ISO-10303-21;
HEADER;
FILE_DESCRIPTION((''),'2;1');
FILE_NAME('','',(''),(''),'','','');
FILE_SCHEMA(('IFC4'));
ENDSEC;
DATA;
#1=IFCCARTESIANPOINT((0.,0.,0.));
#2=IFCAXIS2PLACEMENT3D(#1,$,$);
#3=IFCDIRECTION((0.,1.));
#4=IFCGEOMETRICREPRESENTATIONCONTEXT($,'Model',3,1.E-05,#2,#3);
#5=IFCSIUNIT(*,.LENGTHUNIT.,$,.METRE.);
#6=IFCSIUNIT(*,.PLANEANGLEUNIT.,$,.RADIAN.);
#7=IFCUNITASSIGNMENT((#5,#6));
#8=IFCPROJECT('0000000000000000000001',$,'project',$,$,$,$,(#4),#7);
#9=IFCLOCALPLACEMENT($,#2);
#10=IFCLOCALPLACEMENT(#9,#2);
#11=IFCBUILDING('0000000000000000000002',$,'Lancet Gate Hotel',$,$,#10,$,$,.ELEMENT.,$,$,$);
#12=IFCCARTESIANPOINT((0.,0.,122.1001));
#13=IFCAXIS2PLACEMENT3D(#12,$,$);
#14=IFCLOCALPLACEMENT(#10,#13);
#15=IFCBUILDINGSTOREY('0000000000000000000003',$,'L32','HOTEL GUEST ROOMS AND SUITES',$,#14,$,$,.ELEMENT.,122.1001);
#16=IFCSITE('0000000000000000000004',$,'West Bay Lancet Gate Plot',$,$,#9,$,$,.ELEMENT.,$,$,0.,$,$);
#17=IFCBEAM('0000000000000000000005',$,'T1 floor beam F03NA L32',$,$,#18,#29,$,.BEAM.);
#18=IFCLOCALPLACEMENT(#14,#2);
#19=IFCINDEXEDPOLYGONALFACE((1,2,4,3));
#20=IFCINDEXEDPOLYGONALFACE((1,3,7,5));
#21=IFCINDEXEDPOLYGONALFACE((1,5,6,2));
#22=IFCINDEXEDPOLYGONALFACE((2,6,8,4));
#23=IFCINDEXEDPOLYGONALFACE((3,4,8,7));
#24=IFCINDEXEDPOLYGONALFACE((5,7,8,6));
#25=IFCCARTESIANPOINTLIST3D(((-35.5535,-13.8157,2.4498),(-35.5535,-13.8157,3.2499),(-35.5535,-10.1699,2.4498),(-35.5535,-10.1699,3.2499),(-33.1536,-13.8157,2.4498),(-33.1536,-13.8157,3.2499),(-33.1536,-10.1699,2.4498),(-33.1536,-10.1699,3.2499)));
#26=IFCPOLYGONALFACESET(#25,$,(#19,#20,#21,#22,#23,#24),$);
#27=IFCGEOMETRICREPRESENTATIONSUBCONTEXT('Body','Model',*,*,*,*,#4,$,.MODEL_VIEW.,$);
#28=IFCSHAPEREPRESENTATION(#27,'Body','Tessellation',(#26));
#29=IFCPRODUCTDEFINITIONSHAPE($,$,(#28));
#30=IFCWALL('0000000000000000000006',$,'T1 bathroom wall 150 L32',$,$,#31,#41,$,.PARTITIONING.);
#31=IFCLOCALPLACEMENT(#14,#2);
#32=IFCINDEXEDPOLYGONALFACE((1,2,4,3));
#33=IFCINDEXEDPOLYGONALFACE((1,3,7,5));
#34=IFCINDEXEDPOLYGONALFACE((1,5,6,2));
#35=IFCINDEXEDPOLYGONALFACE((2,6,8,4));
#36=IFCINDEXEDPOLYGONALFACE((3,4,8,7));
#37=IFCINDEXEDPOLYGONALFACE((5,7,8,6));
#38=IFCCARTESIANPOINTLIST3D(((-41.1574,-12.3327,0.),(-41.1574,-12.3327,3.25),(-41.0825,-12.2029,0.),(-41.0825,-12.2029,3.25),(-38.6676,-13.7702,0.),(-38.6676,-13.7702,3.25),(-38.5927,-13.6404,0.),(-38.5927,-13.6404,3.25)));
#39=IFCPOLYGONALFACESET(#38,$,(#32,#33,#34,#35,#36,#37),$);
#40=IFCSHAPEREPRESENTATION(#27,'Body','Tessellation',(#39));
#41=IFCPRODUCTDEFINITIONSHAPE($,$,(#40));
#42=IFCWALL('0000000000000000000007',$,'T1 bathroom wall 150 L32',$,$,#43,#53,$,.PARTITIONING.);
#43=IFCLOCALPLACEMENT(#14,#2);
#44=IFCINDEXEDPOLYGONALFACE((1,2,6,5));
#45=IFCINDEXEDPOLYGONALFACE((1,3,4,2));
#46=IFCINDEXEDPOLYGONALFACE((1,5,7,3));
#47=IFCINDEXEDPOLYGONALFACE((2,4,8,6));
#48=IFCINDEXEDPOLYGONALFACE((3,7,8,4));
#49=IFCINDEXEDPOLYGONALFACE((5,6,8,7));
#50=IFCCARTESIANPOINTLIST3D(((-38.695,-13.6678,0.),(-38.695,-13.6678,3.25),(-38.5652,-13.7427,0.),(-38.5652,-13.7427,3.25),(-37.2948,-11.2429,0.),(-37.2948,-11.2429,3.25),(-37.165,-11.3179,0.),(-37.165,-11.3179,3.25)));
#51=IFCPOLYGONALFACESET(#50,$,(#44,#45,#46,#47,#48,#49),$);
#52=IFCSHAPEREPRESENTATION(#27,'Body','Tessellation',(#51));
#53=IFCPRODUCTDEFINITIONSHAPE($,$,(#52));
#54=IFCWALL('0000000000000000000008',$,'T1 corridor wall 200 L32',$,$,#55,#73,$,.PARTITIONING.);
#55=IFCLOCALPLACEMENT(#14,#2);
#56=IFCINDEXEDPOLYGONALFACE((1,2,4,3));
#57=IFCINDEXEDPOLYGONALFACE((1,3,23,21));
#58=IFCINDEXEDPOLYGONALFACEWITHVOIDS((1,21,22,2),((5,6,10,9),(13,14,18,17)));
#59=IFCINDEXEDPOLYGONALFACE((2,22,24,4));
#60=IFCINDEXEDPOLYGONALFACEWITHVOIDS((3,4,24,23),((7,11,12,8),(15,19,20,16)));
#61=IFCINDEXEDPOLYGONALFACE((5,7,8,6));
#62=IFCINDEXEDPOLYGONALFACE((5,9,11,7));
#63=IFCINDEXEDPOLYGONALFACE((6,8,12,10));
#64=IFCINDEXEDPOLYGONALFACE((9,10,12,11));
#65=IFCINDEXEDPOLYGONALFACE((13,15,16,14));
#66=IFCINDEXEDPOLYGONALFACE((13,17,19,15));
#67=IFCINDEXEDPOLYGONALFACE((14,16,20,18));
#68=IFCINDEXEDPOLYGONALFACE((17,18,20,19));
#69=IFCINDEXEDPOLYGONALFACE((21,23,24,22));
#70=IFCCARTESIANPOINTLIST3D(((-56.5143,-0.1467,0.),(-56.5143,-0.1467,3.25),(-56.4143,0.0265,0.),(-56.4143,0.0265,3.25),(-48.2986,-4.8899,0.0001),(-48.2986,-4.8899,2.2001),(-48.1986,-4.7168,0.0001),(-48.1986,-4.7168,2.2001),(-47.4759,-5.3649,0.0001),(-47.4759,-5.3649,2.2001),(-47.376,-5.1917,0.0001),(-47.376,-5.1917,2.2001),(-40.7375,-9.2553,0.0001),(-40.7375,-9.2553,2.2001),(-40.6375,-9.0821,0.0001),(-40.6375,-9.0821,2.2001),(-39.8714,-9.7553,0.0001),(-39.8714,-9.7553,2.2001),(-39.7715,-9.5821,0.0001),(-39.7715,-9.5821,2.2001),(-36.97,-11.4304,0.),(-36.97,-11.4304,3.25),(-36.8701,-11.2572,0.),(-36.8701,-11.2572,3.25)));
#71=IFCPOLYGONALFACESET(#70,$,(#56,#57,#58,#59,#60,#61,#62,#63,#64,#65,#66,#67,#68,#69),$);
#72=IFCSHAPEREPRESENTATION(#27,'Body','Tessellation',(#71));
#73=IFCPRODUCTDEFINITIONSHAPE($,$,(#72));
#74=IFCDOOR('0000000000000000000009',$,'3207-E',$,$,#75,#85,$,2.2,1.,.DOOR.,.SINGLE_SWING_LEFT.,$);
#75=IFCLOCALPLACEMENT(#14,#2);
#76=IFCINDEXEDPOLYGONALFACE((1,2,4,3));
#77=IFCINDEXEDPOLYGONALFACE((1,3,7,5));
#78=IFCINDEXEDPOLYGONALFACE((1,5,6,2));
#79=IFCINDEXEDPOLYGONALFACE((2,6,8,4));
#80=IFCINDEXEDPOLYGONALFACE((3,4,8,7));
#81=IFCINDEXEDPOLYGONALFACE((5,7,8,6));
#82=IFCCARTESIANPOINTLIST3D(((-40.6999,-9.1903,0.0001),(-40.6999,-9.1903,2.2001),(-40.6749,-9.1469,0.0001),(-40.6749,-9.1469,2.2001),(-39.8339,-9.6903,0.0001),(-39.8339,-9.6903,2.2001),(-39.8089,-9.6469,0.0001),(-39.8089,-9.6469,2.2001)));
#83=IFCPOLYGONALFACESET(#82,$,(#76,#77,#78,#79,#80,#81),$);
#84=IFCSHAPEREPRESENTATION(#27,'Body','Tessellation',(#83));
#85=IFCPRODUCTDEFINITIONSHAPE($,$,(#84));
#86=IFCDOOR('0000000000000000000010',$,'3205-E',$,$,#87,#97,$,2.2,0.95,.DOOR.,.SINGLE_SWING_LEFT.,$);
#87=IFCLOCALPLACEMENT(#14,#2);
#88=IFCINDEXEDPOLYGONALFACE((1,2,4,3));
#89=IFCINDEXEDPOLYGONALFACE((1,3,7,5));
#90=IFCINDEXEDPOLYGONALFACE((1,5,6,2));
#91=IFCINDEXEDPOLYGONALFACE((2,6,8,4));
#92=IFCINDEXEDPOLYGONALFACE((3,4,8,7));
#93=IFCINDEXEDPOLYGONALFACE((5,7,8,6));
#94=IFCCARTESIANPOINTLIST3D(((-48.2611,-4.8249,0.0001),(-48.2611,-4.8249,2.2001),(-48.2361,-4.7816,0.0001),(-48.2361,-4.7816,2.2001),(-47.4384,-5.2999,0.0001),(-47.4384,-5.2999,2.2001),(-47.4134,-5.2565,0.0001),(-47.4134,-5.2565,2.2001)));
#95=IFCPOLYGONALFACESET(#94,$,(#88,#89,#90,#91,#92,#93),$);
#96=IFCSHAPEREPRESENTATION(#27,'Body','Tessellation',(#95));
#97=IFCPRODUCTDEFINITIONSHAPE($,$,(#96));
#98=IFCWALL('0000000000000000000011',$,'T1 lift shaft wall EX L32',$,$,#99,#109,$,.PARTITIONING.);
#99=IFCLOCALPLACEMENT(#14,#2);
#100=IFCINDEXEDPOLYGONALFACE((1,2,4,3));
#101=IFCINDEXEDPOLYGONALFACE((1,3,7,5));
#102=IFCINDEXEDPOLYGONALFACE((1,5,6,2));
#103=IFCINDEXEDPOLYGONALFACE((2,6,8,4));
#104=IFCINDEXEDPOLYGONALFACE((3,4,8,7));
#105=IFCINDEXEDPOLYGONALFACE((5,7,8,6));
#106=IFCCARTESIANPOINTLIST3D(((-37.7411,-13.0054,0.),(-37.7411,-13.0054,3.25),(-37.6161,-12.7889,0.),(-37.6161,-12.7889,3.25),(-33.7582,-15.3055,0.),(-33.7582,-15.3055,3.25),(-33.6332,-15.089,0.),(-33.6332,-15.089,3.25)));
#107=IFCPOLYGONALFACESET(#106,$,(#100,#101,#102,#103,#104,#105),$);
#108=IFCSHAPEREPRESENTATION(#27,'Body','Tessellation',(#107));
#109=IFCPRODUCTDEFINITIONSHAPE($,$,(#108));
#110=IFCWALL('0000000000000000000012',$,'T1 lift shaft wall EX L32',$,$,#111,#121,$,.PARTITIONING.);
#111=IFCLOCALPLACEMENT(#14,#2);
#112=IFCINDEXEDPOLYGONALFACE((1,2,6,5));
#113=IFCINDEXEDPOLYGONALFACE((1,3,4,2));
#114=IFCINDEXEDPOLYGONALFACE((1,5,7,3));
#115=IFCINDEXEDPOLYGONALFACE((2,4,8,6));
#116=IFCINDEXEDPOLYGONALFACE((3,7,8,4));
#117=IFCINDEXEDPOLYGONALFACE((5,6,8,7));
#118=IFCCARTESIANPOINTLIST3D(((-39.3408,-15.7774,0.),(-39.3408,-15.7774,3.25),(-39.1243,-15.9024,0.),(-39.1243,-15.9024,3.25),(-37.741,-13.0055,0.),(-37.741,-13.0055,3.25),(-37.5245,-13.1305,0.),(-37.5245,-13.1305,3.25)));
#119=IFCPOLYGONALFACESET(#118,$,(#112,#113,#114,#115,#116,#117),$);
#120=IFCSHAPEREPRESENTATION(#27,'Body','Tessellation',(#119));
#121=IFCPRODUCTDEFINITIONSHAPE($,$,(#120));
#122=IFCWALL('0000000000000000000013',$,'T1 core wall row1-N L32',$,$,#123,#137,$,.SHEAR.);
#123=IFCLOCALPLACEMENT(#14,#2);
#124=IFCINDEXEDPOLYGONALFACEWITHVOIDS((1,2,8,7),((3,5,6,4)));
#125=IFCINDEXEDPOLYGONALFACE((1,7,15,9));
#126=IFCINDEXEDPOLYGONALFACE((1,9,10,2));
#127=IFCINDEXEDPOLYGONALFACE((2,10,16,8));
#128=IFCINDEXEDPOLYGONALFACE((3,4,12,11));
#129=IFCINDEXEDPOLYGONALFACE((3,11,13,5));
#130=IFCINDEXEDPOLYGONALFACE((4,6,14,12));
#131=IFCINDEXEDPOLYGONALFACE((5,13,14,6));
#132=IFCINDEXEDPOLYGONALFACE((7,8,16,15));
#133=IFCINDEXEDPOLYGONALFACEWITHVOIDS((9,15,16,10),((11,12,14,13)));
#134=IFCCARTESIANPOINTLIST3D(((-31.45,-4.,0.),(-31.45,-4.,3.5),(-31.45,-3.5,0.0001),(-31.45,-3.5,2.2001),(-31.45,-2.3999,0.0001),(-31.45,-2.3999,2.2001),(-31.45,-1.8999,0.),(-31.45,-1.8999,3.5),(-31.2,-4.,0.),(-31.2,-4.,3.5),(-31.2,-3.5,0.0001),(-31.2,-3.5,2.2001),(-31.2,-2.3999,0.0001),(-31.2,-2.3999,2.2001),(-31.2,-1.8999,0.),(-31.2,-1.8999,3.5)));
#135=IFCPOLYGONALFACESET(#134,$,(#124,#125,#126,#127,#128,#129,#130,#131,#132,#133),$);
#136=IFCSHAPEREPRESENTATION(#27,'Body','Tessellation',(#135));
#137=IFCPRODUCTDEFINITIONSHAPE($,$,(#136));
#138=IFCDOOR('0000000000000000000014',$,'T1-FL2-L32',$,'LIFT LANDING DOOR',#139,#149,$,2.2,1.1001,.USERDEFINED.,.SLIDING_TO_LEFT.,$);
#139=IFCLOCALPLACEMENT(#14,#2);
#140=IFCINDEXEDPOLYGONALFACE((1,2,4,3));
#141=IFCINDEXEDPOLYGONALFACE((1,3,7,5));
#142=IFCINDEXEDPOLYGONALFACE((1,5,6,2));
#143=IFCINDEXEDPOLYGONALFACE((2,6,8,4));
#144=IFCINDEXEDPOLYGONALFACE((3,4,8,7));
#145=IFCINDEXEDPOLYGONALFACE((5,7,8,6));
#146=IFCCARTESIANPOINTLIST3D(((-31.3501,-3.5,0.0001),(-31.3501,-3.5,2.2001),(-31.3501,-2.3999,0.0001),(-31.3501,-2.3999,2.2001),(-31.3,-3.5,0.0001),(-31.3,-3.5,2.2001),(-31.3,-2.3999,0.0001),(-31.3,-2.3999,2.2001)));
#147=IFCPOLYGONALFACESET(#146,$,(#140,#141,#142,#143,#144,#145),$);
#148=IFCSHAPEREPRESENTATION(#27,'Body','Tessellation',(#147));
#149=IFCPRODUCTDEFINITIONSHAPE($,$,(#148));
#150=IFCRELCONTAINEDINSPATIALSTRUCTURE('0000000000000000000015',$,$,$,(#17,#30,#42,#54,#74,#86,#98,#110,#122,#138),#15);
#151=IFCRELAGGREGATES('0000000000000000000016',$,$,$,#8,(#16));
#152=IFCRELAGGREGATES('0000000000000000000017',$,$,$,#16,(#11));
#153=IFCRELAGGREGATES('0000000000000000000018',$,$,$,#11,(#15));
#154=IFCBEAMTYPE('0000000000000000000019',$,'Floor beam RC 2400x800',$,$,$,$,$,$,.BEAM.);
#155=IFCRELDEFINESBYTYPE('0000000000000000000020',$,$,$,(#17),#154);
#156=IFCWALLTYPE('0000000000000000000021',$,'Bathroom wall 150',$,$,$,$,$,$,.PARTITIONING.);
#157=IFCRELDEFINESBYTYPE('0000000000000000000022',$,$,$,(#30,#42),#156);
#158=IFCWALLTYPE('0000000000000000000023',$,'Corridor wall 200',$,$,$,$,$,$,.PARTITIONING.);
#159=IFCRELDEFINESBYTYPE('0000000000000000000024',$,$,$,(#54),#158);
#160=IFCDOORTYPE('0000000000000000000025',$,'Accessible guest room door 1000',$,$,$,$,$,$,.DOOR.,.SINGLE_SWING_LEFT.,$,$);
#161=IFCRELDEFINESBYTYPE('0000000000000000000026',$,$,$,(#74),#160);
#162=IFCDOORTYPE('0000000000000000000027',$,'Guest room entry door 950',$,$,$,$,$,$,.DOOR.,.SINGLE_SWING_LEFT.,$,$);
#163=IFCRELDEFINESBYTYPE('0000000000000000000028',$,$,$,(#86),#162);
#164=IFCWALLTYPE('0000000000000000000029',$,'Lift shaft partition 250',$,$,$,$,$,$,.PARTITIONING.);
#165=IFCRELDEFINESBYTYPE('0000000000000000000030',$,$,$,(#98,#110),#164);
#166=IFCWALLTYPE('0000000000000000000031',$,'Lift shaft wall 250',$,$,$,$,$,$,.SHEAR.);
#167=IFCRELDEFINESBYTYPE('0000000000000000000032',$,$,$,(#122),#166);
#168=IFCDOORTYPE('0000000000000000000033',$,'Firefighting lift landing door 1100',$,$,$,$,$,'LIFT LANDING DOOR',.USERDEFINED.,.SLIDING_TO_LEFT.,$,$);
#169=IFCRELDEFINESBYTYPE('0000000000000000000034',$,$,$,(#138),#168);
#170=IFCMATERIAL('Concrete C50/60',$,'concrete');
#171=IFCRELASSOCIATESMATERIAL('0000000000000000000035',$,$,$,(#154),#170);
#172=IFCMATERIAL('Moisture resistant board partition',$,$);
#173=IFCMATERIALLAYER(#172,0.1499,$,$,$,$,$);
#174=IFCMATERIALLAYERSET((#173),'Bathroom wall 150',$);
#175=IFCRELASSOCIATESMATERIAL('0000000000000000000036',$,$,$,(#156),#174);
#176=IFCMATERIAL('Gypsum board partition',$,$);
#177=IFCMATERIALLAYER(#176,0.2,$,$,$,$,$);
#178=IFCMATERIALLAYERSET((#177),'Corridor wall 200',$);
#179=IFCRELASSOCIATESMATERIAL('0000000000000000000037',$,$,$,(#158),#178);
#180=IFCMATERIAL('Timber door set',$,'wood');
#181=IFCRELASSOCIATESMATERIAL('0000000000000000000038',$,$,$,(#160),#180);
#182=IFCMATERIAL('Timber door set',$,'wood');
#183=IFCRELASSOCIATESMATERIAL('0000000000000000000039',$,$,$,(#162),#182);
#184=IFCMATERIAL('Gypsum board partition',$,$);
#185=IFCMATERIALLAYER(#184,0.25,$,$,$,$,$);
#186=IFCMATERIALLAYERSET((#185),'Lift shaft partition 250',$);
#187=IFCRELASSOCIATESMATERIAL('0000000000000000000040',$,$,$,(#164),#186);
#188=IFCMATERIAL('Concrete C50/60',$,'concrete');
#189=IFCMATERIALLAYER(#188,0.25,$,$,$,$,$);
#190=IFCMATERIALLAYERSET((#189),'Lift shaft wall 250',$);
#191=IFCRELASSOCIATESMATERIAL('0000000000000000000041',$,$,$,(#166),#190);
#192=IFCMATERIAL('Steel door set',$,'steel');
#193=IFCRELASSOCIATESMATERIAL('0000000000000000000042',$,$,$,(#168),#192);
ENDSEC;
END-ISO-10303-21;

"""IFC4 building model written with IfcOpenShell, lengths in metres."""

from ifc_helpers import new_model, si_unit, direction, frame, frame_2d, origin, origin_2d, place, context, subcontext, project, spatial, rectangle, extrude, material, layer, layer_set, material_profile, profile_set, type_object, element, fill, save


model = new_model("IFC4")

# Units and contexts
model_context = context("Model", 3, precision=1e-05, world=origin(), true_north=direction((0.0, 1.0)))
body_context = subcontext(model_context, "Body", "Model", "MODEL_VIEW")
ifc_project = project(units=[si_unit("LENGTHUNIT", "METRE"), si_unit("PLANEANGLEUNIT", "RADIAN")], contexts=[model_context])

# Site, building, storey
site_placement = place(None, origin())
site = spatial("IfcSite", under=ifc_project, at=site_placement, Name="West Bay Lancet Gate Plot", CompositionType="ELEMENT", RefElevation=0.0)
building_placement = place(site_placement, origin())
building = spatial("IfcBuilding", under=site, at=building_placement, Name="Lancet Gate Hotel", CompositionType="ELEMENT")
storey_placement = place(building_placement, frame((0.0, 0.0, 122.1001)))
storey = spatial("IfcBuildingStorey", under=building, at=storey_placement, Name="L32", Description="HOTEL GUEST ROOMS AND SUITES", CompositionType="ELEMENT", Elevation=122.1001)

# Beam
ifc_material_1 = material(Name="Concrete C50/60", Category="concrete")
ifc_material_profile = material_profile(ifc_material_1, rectangle(XDim=2.3999, YDim=0.8, at=origin_2d()), Name="RC 2400x800")
ifc_profile_set = profile_set([ifc_material_profile], Name="Concrete C50/60")
beam_type = type_object("IfcBeamType", Name="Floor beam RC 2400x800", PredefinedType="BEAM", material=ifc_profile_set)
beam_placement = place(storey_placement, frame((-34.3535, -10.1699, 2.8499), z_axis=(0.0, -1.0, 0.0), x_axis=(1.0, 0.0, 0.0)))
element("IfcBeam", 1, at=beam_placement, inside=storey, type_object=beam_type, Name="T1 floor beam F03NA L32", PredefinedType="BEAM", context=body_context, shape_type="SweptSolid", body=[
    extrude(rectangle(XDim=2.3999, YDim=0.8, at=origin_2d()), origin(), (0.0, 0.0, 1.0), 3.6458),
])

# Walls
ifc_material_2 = material(Name="Moisture resistant board partition")
ifc_layer_1 = layer(ifc_material_2, 0.1499)
ifc_layer_set_1 = layer_set([ifc_layer_1], Name="Bathroom wall 150")
wall_type_1 = type_object("IfcWallType", Name="Bathroom wall 150", PredefinedType="PARTITIONING", material=ifc_layer_set_1)
wall_1_placement = place(storey_placement, frame((-38.6301, -13.7053, 0.0), z_axis=(0.0, 0.0, 1.0), x_axis=(-0.866019, 0.500012, 0.0)))
element("IfcWall", 2, at=wall_1_placement, inside=storey, type_object=wall_type_1, Name="T1 bathroom wall 150 L32", PredefinedType="PARTITIONING", context=body_context, shape_type="SweptSolid", body=[
    extrude(rectangle(XDim=2.875, YDim=0.1499, at=frame_2d((1.4375, 0.0))), origin(), (0.0, 0.0, 1.0), 3.25),
])
wall_2_placement = place(storey_placement, frame((-37.23, -11.2805, 0.0), z_axis=(0.0, 0.0, 1.0), x_axis=(-0.50005, -0.865997, 0.0)))
element("IfcWall", 3, at=wall_2_placement, inside=storey, type_object=wall_type_1, Name="T1 bathroom wall 150 L32", PredefinedType="PARTITIONING", context=body_context, shape_type="SweptSolid", body=[
    extrude(rectangle(XDim=2.8, YDim=0.1499, at=frame_2d((1.3999, 0.0))), origin(), (0.0, 0.0, 1.0), 3.25),
])

# Wall, openings, doors
ifc_material_3 = material(Name="Gypsum board partition")
ifc_layer_2 = layer(ifc_material_3, 0.2)
ifc_layer_set_2 = layer_set([ifc_layer_2], Name="Corridor wall 200")
wall_type_2 = type_object("IfcWallType", Name="Corridor wall 200", PredefinedType="PARTITIONING", material=ifc_layer_set_2)
wall_3_placement = place(storey_placement, frame((-36.9202, -11.3438, 0.0), z_axis=(0.0, 0.0, 1.0), x_axis=(-0.866028, 0.499995, 0.0)))
wall_3 = element("IfcWall", 4, at=wall_3_placement, inside=storey, type_object=wall_type_2, Name="T1 corridor wall 200 L32", PredefinedType="PARTITIONING", context=body_context, shape_type="SweptSolid", body=[
    extrude(rectangle(XDim=22.5676, YDim=0.2, at=frame_2d((11.2837, 0.0))), origin(), (0.0, 0.0, 1.0), 3.25),
])
opening_1_placement = place(wall_3_placement, frame((12.1309, 0.0, 0.0)))
opening_1 = element("IfcOpeningElement", 5, at=opening_1_placement, cuts=wall_3, PredefinedType="OPENING", context=body_context, shape_type="SweptSolid", body=[
    extrude(rectangle(XDim=0.95, YDim=2.2, at=frame_2d((0.4751, 1.1001))), frame((0.0, 0.1099, 0.0), z_axis=(0.0, -1.0, 0.0), x_axis=(1.0, 0.0, 0.0)), (0.0, 0.0, 1.0), 0.22),
])
opening_2_placement = place(wall_3_placement, frame((3.3501, 0.0, 0.0)))
opening_2 = element("IfcOpeningElement", 6, at=opening_2_placement, cuts=wall_3, PredefinedType="OPENING", context=body_context, shape_type="SweptSolid", body=[
    extrude(rectangle(XDim=1.0, YDim=2.2, at=frame_2d((0.5, 1.1001))), frame((0.0, 0.1099, 0.0), z_axis=(0.0, -1.0, 0.0), x_axis=(1.0, 0.0, 0.0)), (0.0, 0.0, 1.0), 0.22),
])
ifc_material_4 = material(Name="Timber door set", Category="wood")
door_type_1 = type_object("IfcDoorType", Name="Accessible guest room door 1000", OperationType="SINGLE_SWING_LEFT", PredefinedType="DOOR", material=ifc_material_4)
door_1_placement = place(opening_2_placement, origin())
door_1 = element("IfcDoor", 7, at=door_1_placement, inside=storey, type_object=door_type_1, Name="3207-E", OperationType="SINGLE_SWING_LEFT", OverallHeight=2.2, OverallWidth=1.0, PredefinedType="DOOR", context=body_context, shape_type="SweptSolid", body=[
    extrude(rectangle(XDim=1.0, YDim=2.2, at=frame_2d((0.5, 1.1001))), frame((0.0, 0.0249, 0.0), z_axis=(0.0, -1.0, 0.0), x_axis=(1.0, 0.0, 0.0)), (0.0, 0.0, 1.0), 0.05),
])
fill(opening_2, door_1)
ifc_material_5 = material(Name="Timber door set", Category="wood")
door_type_2 = type_object("IfcDoorType", Name="Guest room entry door 950", OperationType="SINGLE_SWING_LEFT", PredefinedType="DOOR", material=ifc_material_5)
door_2_placement = place(opening_1_placement, origin())
door_2 = element("IfcDoor", 8, at=door_2_placement, inside=storey, type_object=door_type_2, Name="3205-E", OperationType="SINGLE_SWING_LEFT", OverallHeight=2.2, OverallWidth=0.95, PredefinedType="DOOR", context=body_context, shape_type="SweptSolid", body=[
    extrude(rectangle(XDim=0.95, YDim=2.2, at=frame_2d((0.4751, 1.1001))), frame((0.0, 0.0249, 0.0), z_axis=(0.0, -1.0, 0.0), x_axis=(1.0, 0.0, 0.0)), (0.0, 0.0, 1.0), 0.05),
])
fill(opening_1, door_2)

# Walls
ifc_material_6 = material(Name="Gypsum board partition")
ifc_layer_3 = layer(ifc_material_6, 0.25)
ifc_layer_set_3 = layer_set([ifc_layer_3], Name="Lift shaft partition 250")
wall_type_3 = type_object("IfcWallType", Name="Lift shaft partition 250", PredefinedType="PARTITIONING", material=ifc_layer_set_3)
wall_4_placement = place(storey_placement, frame((-33.6956, -15.1973, 0.0), z_axis=(0.0, 0.0, 1.0), x_axis=(-0.865977, 0.500084, 0.0)))
element("IfcWall", 9, at=wall_4_placement, inside=storey, type_object=wall_type_3, Name="T1 lift shaft wall EX L32", PredefinedType="PARTITIONING", context=body_context, shape_type="SweptSolid", body=[
    extrude(rectangle(XDim=4.5994, YDim=0.25, at=frame_2d((2.2998, 0.0))), origin(), (0.0, 0.0, 1.0), 3.25),
])
wall_5_placement = place(storey_placement, frame((-37.6328, -13.0681, 0.0), z_axis=(0.0, 0.0, 1.0), x_axis=(-0.499872, -0.866099, 0.0)))
element("IfcWall", 10, at=wall_5_placement, inside=storey, type_object=wall_type_3, Name="T1 lift shaft wall EX L32", PredefinedType="PARTITIONING", context=body_context, shape_type="SweptSolid", body=[
    extrude(rectangle(XDim=3.2004, YDim=0.25, at=frame_2d((1.6001, 0.0))), origin(), (0.0, 0.0, 1.0), 3.25),
])

# Wall, opening, door
ifc_material_7 = material(Name="Concrete C50/60", Category="concrete")
ifc_layer_4 = layer(ifc_material_7, 0.25)
ifc_layer_set_4 = layer_set([ifc_layer_4], Name="Lift shaft wall 250")
wall_type_4 = type_object("IfcWallType", Name="Lift shaft wall 250", PredefinedType="SHEAR", material=ifc_layer_set_4)
wall_6_placement = place(storey_placement, frame((-31.325, -1.8999, 0.0), z_axis=(0.0, 0.0, 1.0), x_axis=(0.0, -1.0, 0.0)))
wall_6 = element("IfcWall", 11, at=wall_6_placement, inside=storey, type_object=wall_type_4, Name="T1 core wall row1-N L32", PredefinedType="SHEAR", context=body_context, shape_type="SweptSolid", body=[
    extrude(rectangle(XDim=2.1001, YDim=0.25, at=frame_2d((1.05, 0.0))), origin(), (0.0, 0.0, 1.0), 3.5),
])
opening_3_placement = place(wall_6_placement, frame((0.5, 0.0, 0.0)))
opening_3 = element("IfcOpeningElement", 12, at=opening_3_placement, cuts=wall_6, PredefinedType="OPENING", context=body_context, shape_type="SweptSolid", body=[
    extrude(rectangle(XDim=1.1001, YDim=2.2, at=frame_2d((0.55, 1.1001))), frame((0.0, 0.135, 0.0), z_axis=(0.0, -1.0, 0.0), x_axis=(1.0, 0.0, 0.0)), (0.0, 0.0, 1.0), 0.27),
])
ifc_material_8 = material(Name="Steel door set", Category="steel")
door_type_3 = type_object("IfcDoorType", Name="Firefighting lift landing door 1100", ElementType="LIFT LANDING DOOR", OperationType="SLIDING_TO_LEFT", PredefinedType="USERDEFINED", material=ifc_material_8)
door_3_placement = place(opening_3_placement, origin())
door_3 = element("IfcDoor", 13, at=door_3_placement, inside=storey, type_object=door_type_3, Name="T1-FL2-L32", ObjectType="LIFT LANDING DOOR", OperationType="SLIDING_TO_LEFT", OverallHeight=2.2, OverallWidth=1.1001, PredefinedType="USERDEFINED", context=body_context, shape_type="SweptSolid", body=[
    extrude(rectangle(XDim=1.1001, YDim=2.2, at=frame_2d((0.55, 1.1001))), frame((0.0, 0.0249, 0.0), z_axis=(0.0, -1.0, 0.0), x_axis=(1.0, 0.0, 0.0)), (0.0, 0.0, 1.0), 0.05),
])
fill(opening_3, door_3)

save(model, "model.ifc")
